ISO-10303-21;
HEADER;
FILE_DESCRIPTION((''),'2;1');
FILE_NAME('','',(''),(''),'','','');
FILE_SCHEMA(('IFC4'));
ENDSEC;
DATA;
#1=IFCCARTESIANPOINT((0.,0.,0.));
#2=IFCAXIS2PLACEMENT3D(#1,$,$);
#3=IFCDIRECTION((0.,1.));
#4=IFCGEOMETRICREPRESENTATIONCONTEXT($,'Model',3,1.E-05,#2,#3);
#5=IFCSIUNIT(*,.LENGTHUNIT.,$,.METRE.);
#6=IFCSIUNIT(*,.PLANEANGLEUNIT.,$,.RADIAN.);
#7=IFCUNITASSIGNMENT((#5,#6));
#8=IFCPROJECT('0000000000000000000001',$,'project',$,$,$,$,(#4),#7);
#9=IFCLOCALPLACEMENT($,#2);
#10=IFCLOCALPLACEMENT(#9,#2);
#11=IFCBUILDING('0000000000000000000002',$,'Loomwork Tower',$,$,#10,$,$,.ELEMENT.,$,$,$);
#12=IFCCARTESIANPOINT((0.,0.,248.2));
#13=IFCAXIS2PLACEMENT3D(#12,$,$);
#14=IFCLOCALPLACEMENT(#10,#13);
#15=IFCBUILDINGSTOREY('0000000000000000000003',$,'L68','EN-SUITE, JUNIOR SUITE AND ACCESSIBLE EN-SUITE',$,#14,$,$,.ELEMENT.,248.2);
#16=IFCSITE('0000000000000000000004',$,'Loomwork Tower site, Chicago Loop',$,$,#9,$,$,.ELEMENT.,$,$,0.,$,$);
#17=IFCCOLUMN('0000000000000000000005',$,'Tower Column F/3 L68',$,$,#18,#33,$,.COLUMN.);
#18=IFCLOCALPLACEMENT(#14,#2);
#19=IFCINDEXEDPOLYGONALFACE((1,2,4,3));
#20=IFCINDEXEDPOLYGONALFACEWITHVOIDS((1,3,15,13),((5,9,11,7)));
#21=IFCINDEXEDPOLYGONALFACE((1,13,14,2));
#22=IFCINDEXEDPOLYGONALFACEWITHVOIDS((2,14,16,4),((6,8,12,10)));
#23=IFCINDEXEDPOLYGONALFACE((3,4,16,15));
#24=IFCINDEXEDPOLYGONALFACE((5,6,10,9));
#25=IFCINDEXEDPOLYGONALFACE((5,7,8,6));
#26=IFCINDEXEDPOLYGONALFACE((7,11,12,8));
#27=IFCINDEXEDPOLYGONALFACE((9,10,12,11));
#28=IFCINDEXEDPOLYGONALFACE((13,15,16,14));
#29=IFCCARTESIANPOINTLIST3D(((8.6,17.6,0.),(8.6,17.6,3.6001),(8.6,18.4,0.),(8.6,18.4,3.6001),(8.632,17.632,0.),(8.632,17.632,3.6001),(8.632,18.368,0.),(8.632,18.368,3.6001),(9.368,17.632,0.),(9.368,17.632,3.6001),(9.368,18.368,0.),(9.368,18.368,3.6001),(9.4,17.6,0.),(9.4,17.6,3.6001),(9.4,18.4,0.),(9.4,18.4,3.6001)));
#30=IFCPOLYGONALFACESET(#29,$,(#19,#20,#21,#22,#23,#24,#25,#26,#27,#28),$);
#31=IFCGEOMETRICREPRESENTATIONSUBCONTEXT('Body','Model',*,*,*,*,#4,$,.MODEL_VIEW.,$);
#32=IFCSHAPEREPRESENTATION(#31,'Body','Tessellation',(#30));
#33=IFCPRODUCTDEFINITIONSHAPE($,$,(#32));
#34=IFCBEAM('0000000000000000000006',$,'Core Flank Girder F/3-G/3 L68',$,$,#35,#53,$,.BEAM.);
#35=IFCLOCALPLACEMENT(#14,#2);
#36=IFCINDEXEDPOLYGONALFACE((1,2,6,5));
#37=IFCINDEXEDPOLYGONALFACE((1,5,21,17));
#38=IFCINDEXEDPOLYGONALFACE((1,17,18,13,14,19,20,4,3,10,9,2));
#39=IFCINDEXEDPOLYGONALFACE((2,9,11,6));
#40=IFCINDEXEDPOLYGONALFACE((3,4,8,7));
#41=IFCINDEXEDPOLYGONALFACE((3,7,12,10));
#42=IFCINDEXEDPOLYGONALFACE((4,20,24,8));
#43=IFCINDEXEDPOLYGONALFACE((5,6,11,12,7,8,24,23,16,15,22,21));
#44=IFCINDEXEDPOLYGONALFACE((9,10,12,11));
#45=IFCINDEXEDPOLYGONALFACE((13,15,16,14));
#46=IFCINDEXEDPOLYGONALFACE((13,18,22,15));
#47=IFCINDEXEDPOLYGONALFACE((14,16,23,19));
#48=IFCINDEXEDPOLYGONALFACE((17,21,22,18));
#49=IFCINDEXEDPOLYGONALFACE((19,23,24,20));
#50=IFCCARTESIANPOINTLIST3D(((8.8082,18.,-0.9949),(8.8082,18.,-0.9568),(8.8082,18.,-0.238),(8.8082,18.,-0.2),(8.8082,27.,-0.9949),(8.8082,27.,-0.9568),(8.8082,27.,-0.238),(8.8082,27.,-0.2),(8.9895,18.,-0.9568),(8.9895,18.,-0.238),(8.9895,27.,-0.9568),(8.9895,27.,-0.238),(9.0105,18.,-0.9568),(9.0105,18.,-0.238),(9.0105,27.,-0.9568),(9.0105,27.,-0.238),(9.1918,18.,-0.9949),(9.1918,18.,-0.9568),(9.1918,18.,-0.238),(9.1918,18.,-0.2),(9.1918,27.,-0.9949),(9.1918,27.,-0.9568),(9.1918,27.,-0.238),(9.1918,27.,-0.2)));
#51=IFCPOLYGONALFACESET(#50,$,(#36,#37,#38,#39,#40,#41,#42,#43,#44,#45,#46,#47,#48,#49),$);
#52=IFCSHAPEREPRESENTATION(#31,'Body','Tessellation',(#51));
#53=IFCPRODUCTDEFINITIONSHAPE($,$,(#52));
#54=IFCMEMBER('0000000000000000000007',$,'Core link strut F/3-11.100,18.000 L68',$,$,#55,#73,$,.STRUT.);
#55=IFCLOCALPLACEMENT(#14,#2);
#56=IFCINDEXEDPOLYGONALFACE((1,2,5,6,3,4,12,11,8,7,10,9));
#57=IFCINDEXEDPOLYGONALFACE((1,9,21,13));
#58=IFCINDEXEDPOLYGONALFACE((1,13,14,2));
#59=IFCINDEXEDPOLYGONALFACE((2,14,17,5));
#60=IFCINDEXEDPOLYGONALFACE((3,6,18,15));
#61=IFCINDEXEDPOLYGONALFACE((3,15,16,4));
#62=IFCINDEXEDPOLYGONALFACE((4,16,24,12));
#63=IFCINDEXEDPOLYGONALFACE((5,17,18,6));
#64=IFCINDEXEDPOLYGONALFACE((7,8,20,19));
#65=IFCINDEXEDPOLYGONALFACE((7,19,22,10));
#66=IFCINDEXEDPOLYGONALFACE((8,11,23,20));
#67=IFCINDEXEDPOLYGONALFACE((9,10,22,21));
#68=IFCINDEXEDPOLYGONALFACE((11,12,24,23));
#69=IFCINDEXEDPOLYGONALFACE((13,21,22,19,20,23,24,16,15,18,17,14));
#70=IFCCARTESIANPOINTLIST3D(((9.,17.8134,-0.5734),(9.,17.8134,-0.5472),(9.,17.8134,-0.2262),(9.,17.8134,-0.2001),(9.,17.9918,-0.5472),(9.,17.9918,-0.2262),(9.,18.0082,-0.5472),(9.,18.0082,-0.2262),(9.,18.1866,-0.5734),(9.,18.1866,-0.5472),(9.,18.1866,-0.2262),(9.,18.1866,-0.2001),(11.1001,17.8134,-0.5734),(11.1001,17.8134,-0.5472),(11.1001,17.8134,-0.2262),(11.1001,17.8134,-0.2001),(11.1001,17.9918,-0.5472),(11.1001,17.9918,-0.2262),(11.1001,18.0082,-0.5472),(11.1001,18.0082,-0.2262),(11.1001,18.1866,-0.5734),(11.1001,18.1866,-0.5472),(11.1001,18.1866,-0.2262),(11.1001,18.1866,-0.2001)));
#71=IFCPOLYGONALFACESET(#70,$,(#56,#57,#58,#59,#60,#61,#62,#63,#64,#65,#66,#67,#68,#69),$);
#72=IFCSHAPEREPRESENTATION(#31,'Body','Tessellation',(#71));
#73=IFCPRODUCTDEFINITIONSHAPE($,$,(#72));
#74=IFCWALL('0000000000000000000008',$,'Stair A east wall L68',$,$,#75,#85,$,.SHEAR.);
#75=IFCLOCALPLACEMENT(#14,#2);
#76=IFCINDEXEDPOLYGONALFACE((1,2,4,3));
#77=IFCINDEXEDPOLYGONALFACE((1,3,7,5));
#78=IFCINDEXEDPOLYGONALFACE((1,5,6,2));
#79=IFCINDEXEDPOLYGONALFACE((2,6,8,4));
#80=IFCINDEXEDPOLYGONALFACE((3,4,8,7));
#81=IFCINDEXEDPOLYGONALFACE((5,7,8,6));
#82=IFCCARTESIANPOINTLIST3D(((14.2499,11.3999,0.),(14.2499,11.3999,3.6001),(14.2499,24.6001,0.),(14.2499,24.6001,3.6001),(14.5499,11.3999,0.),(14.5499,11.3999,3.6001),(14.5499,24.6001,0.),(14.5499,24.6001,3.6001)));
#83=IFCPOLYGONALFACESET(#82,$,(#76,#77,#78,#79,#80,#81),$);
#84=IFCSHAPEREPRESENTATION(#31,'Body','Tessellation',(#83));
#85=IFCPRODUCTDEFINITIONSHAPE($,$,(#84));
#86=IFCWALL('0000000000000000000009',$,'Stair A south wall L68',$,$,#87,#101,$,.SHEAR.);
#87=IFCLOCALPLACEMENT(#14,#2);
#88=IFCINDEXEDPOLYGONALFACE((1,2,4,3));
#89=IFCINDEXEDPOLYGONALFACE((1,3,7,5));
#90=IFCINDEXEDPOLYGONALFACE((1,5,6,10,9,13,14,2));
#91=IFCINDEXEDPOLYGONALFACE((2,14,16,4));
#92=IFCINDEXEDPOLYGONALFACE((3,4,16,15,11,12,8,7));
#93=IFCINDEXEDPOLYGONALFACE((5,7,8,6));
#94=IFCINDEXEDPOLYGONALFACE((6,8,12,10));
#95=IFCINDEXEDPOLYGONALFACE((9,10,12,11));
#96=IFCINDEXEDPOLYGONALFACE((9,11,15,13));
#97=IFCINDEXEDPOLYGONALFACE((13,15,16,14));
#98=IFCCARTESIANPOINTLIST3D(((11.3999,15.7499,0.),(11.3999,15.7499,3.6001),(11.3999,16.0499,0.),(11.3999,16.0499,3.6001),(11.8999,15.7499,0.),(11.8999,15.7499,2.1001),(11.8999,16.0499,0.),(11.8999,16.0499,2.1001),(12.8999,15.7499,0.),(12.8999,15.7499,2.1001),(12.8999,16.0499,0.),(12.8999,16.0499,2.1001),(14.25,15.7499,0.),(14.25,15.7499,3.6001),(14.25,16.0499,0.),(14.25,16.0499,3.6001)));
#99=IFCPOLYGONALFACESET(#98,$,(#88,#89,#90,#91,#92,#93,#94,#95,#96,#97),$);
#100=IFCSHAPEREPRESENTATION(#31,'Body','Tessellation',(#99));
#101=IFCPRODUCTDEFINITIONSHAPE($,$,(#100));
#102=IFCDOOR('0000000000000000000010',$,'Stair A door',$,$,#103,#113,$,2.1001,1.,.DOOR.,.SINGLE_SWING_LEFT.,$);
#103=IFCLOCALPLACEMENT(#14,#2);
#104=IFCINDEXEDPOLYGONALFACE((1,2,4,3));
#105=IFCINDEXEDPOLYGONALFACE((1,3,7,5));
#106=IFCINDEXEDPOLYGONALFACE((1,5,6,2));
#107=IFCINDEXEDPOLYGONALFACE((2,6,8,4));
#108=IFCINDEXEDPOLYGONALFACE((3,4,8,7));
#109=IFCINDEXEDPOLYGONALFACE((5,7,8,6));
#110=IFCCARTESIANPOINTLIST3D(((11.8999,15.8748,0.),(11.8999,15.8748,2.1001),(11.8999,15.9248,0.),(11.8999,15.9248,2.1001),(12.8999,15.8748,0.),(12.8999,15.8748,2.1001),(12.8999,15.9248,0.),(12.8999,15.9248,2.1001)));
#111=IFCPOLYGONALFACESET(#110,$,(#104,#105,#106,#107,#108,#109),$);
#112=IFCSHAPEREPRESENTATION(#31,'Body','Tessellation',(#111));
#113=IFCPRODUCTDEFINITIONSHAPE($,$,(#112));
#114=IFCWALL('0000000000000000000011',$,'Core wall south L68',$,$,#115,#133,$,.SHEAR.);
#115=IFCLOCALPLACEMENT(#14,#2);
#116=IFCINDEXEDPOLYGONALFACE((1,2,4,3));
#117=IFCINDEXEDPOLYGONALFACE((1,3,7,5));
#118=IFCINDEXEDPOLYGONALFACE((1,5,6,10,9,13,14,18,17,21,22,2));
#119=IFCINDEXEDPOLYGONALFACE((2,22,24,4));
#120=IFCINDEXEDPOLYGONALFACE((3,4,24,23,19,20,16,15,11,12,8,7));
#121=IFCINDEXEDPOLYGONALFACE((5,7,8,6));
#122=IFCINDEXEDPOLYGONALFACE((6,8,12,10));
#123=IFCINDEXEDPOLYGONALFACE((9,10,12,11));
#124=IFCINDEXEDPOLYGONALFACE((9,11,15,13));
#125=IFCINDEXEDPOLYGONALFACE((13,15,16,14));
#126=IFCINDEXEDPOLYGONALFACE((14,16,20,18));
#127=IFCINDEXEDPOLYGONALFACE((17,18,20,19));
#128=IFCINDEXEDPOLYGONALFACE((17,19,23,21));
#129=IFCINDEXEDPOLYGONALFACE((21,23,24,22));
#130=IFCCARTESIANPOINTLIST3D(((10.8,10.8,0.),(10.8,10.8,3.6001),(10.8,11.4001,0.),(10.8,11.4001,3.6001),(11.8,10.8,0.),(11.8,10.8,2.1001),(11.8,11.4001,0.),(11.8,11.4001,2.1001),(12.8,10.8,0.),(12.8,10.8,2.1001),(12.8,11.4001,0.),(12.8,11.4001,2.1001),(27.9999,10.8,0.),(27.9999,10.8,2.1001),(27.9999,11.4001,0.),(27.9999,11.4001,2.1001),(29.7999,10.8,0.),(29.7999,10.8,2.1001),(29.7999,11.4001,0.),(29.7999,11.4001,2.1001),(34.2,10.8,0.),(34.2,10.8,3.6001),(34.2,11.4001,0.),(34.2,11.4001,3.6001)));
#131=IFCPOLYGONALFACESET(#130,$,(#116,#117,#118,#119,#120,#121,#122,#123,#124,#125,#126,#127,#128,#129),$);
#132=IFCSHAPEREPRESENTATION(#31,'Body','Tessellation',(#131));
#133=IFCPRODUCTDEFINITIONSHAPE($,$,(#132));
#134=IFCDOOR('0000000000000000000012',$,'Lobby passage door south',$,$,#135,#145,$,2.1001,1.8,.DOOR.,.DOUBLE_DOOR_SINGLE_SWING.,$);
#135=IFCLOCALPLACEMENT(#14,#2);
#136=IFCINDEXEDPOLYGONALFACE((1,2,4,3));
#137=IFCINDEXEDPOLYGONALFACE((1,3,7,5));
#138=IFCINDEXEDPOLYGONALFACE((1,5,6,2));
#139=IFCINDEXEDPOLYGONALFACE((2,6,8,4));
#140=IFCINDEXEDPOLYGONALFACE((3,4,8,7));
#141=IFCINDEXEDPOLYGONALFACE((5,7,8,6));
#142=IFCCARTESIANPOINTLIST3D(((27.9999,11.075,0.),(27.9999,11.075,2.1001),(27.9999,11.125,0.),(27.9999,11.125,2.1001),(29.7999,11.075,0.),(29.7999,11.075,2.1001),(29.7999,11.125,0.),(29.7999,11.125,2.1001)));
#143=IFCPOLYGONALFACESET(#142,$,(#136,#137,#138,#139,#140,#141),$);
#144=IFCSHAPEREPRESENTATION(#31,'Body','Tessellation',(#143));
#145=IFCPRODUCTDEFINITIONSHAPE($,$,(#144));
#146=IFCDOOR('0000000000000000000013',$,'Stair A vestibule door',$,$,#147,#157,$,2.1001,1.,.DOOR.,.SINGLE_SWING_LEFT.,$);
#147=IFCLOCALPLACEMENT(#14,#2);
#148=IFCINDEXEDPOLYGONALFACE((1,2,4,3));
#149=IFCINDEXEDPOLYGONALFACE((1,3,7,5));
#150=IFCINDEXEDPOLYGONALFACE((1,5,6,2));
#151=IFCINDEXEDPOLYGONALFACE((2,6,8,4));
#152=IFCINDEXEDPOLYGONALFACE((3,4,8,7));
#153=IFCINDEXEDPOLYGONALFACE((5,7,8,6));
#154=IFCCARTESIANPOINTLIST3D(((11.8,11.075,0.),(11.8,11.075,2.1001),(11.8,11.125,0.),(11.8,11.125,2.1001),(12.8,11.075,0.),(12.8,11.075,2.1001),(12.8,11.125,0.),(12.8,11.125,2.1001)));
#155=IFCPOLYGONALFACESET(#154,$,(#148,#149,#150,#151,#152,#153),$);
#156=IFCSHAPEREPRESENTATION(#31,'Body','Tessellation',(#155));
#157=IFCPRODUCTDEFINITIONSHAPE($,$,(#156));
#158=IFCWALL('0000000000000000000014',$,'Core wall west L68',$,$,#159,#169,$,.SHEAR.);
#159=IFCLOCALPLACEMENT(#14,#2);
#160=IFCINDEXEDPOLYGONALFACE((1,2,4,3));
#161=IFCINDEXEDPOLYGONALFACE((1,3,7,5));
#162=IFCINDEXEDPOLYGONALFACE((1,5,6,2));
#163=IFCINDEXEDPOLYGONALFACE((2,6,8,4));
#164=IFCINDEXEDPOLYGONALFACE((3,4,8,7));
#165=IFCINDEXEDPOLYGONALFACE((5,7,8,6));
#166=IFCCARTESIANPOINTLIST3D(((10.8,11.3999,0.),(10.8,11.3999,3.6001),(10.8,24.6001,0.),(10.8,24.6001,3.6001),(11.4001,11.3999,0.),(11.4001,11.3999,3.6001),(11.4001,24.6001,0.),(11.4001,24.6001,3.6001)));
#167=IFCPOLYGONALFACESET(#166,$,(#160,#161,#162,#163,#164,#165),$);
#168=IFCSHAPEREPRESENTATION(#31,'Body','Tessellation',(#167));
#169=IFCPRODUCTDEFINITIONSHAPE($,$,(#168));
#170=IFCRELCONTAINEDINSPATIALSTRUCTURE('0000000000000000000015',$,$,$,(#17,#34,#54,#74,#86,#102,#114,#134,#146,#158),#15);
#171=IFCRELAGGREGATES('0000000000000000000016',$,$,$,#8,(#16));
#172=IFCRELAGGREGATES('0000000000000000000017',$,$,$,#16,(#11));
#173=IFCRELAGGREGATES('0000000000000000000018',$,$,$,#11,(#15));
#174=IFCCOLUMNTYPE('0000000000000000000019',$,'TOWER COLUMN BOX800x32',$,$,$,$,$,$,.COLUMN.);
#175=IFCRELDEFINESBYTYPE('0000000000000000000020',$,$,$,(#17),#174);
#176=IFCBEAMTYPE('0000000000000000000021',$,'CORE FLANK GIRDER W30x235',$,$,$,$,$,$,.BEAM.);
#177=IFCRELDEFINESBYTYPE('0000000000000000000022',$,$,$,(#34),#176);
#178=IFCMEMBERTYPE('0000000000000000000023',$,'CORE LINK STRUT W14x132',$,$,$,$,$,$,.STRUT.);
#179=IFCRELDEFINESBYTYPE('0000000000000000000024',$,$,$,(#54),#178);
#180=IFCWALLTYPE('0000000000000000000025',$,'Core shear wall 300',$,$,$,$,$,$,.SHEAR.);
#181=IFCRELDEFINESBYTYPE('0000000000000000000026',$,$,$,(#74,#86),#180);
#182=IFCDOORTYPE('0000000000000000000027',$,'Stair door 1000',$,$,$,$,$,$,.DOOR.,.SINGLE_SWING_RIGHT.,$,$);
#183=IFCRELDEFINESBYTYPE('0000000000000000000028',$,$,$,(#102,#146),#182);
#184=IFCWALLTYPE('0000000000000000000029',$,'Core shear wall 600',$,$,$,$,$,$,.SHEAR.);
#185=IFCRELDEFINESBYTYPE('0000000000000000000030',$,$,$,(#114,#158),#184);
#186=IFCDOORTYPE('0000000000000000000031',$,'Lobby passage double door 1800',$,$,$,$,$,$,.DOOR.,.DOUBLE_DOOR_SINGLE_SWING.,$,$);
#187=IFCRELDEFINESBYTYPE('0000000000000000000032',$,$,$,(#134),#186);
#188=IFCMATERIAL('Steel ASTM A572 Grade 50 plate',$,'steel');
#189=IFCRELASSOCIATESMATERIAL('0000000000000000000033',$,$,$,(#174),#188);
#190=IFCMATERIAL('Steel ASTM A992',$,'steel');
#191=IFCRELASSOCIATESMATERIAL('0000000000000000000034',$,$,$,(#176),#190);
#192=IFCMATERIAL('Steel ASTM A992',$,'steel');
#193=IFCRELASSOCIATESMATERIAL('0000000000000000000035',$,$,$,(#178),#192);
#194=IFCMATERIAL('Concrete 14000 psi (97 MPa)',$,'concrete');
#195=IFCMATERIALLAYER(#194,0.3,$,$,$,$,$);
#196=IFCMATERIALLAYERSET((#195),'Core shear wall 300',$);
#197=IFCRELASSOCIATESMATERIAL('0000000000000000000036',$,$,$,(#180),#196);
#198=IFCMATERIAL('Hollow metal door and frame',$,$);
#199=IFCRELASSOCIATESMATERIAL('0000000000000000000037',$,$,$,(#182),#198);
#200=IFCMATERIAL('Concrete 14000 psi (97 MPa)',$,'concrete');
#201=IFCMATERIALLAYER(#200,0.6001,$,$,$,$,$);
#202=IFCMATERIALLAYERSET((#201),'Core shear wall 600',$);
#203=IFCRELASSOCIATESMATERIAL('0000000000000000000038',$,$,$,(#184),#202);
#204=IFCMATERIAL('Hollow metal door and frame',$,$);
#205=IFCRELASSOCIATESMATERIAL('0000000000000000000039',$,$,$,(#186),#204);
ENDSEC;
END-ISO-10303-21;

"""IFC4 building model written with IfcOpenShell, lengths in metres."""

from ifc_helpers import new_model, si_unit, direction, frame, frame_2d, origin, origin_2d, place, context, subcontext, project, spatial, rectangle, hollow_rectangle, i_section, extrude, material, layer, layer_set, material_profile, profile_set, type_object, element, fill, save


model = new_model("IFC4")

# Units and contexts
model_context = context("Model", 3, precision=1e-05, world=origin(), true_north=direction((0.0, 1.0)))
body_context = subcontext(model_context, "Body", "Model", "MODEL_VIEW")
ifc_project = project(units=[si_unit("LENGTHUNIT", "METRE"), si_unit("PLANEANGLEUNIT", "RADIAN")], contexts=[model_context])

# Site, building, storey
site_placement = place(None, origin())
site = spatial("IfcSite", under=ifc_project, at=site_placement, Name="Loomwork Tower site, Chicago Loop", CompositionType="ELEMENT", RefElevation=0.0)
building_placement = place(site_placement, origin())
building = spatial("IfcBuilding", under=site, at=building_placement, Name="Loomwork Tower", CompositionType="ELEMENT")
storey_placement = place(building_placement, frame((0.0, 0.0, 248.2)))
storey = spatial("IfcBuildingStorey", under=building, at=storey_placement, Name="L68", Description="EN-SUITE, JUNIOR SUITE AND ACCESSIBLE EN-SUITE", CompositionType="ELEMENT", Elevation=248.2)

# Column
ifc_material_1 = material(Name="Steel ASTM A572 Grade 50 plate", Category="steel")
ifc_material_profile_1 = material_profile(ifc_material_1, hollow_rectangle(XDim=0.8, YDim=0.8, WallThickness=0.032, at=origin_2d()), Name="BOX800x32")
ifc_profile_set_1 = profile_set([ifc_material_profile_1], Name="Steel ASTM A572 Grade 50 plate")
column_type = type_object("IfcColumnType", Name="TOWER COLUMN BOX800x32", PredefinedType="COLUMN", material=ifc_profile_set_1)
column_placement = place(storey_placement, frame((9.0, 18.0, 0.0), z_axis=(0.0, 0.0, 1.0), x_axis=(1.0, 0.0, 0.0)))
element("IfcColumn", 1, at=column_placement, inside=storey, type_object=column_type, Name="Tower Column F/3 L68", PredefinedType="COLUMN", context=body_context, shape_type="SweptSolid", body=[
    extrude(hollow_rectangle(XDim=0.8, YDim=0.8, WallThickness=0.032, at=origin_2d()), origin(), (0.0, 0.0, 1.0), 3.6001),
])

# Beam
ifc_material_2 = material(Name="Steel ASTM A992", Category="steel")
ifc_material_profile_2 = material_profile(ifc_material_2, i_section(OverallWidth=0.3835, OverallDepth=0.7949, WebThickness=0.021, FlangeThickness=0.0381, at=origin_2d()), Name="W30x235")
ifc_profile_set_2 = profile_set([ifc_material_profile_2], Name="Steel ASTM A992")
beam_type = type_object("IfcBeamType", Name="CORE FLANK GIRDER W30x235", PredefinedType="BEAM", material=ifc_profile_set_2)
beam_placement = place(storey_placement, frame((9.0, 18.0, -0.5974), z_axis=(0.0, 1.0, 0.0), x_axis=(-1.0, 0.0, 0.0)))
element("IfcBeam", 2, at=beam_placement, inside=storey, type_object=beam_type, Name="Core Flank Girder F/3-G/3 L68", PredefinedType="BEAM", context=body_context, shape_type="SweptSolid", body=[
    extrude(i_section(OverallWidth=0.3835, OverallDepth=0.7949, WebThickness=0.021, FlangeThickness=0.0381, at=origin_2d()), origin(), (0.0, 0.0, 1.0), 9.0),
])

# Member
ifc_material_3 = material(Name="Steel ASTM A992", Category="steel")
ifc_material_profile_3 = material_profile(ifc_material_3, i_section(OverallWidth=0.3733, OverallDepth=0.3733, WebThickness=0.0164, FlangeThickness=0.0261, at=origin_2d()), Name="W14x132")
ifc_profile_set_3 = profile_set([ifc_material_profile_3], Name="Steel ASTM A992")
member_type = type_object("IfcMemberType", Name="CORE LINK STRUT W14x132", PredefinedType="STRUT", material=ifc_profile_set_3)
member_placement = place(storey_placement, frame((9.0, 18.0, -0.3867), z_axis=(1.0, 0.0, 0.0), x_axis=(0.0, 1.0, 0.0)))
element("IfcMember", 3, at=member_placement, inside=storey, type_object=member_type, Name="Core link strut F/3-11.100,18.000 L68", PredefinedType="STRUT", context=body_context, shape_type="SweptSolid", body=[
    extrude(i_section(OverallWidth=0.3733, OverallDepth=0.3733, WebThickness=0.0164, FlangeThickness=0.0261, at=origin_2d()), origin(), (0.0, 0.0, 1.0), 2.1001),
])

# Wall
ifc_material_4 = material(Name="Concrete 14000 psi (97 MPa)", Category="concrete")
ifc_layer_1 = layer(ifc_material_4, 0.3)
ifc_layer_set_1 = layer_set([ifc_layer_1], Name="Core shear wall 300")
wall_type_1 = type_object("IfcWallType", Name="Core shear wall 300", PredefinedType="SHEAR", material=ifc_layer_set_1)
wall_1_placement = place(storey_placement, frame((14.3999, 11.3999, 0.0), z_axis=(0.0, 0.0, 1.0), x_axis=(0.0, 1.0, 0.0)))
element("IfcWall", 4, at=wall_1_placement, inside=storey, type_object=wall_type_1, Name="Stair A east wall L68", PredefinedType="SHEAR", context=body_context, shape_type="SweptSolid", body=[
    extrude(rectangle(XDim=13.2002, YDim=0.3, at=frame_2d((6.6001, 0.0))), origin(), (0.0, 0.0, 1.0), 3.6001),
])

# Wall, opening, door
wall_2_placement = place(storey_placement, frame((11.3999, 15.8999, 0.0), z_axis=(0.0, 0.0, 1.0), x_axis=(1.0, 0.0, 0.0)))
wall_2 = element("IfcWall", 5, at=wall_2_placement, inside=storey, type_object=wall_type_1, Name="Stair A south wall L68", PredefinedType="SHEAR", context=body_context, shape_type="SweptSolid", body=[
    extrude(rectangle(XDim=2.8501, YDim=0.3, at=frame_2d((1.425, 0.0))), origin(), (0.0, 0.0, 1.0), 3.6001),
])
opening_1_placement = place(wall_2_placement, frame((0.5, 0.0, 0.0)))
opening_1 = element("IfcOpeningElement", 6, at=opening_1_placement, cuts=wall_2, PredefinedType="OPENING", context=body_context, shape_type="SweptSolid", body=[
    extrude(rectangle(XDim=1.0, YDim=2.1001, at=frame_2d((0.5, 1.05))), frame((0.0, 0.1599, 0.0), z_axis=(0.0, -1.0, 0.0), x_axis=(1.0, 0.0, 0.0)), (0.0, 0.0, 1.0), 0.3201),
])
ifc_material_5 = material(Name="Hollow metal door and frame")
door_type_1 = type_object("IfcDoorType", Name="Stair door 1000", OperationType="SINGLE_SWING_RIGHT", PredefinedType="DOOR", material=ifc_material_5)
door_1_placement = place(opening_1_placement, origin())
door_1 = element("IfcDoor", 7, at=door_1_placement, inside=storey, type_object=door_type_1, Name="Stair A door", OperationType="SINGLE_SWING_LEFT", OverallHeight=2.1001, OverallWidth=1.0, PredefinedType="DOOR", context=body_context, shape_type="SweptSolid", body=[
    extrude(rectangle(XDim=1.0, YDim=2.1001, at=frame_2d((0.5, 1.05))), frame((0.0, 0.0249, 0.0), z_axis=(0.0, -1.0, 0.0), x_axis=(1.0, 0.0, 0.0)), (0.0, 0.0, 1.0), 0.05),
])
fill(opening_1, door_1)

# Wall, openings, doors
ifc_material_6 = material(Name="Concrete 14000 psi (97 MPa)", Category="concrete")
ifc_layer_2 = layer(ifc_material_6, 0.6001)
ifc_layer_set_2 = layer_set([ifc_layer_2], Name="Core shear wall 600")
wall_type_2 = type_object("IfcWallType", Name="Core shear wall 600", PredefinedType="SHEAR", material=ifc_layer_set_2)
wall_3_placement = place(storey_placement, frame((10.8, 11.1001, 0.0), z_axis=(0.0, 0.0, 1.0), x_axis=(1.0, 0.0, 0.0)))
wall_3 = element("IfcWall", 8, at=wall_3_placement, inside=storey, type_object=wall_type_2, Name="Core wall south L68", PredefinedType="SHEAR", context=body_context, shape_type="SweptSolid", body=[
    extrude(rectangle(XDim=23.3999, YDim=0.6001, at=frame_2d((11.7, 0.0))), origin(), (0.0, 0.0, 1.0), 3.6001),
])
opening_2_placement = place(wall_3_placement, frame((1.0, 0.0, 0.0)))
opening_2 = element("IfcOpeningElement", 9, at=opening_2_placement, cuts=wall_3, PredefinedType="OPENING", context=body_context, shape_type="SweptSolid", body=[
    extrude(rectangle(XDim=1.0, YDim=2.1001, at=frame_2d((0.5, 1.05))), frame((0.0, 0.3101, 0.0), z_axis=(0.0, -1.0, 0.0), x_axis=(1.0, 0.0, 0.0)), (0.0, 0.0, 1.0), 0.6201),
])
opening_3_placement = place(wall_3_placement, frame((17.2, 0.0, 0.0)))
opening_3 = element("IfcOpeningElement", 10, at=opening_3_placement, cuts=wall_3, PredefinedType="OPENING", context=body_context, shape_type="SweptSolid", body=[
    extrude(rectangle(XDim=1.8, YDim=2.1001, at=frame_2d((0.8999, 1.05))), frame((0.0, 0.3101, 0.0), z_axis=(0.0, -1.0, 0.0), x_axis=(1.0, 0.0, 0.0)), (0.0, 0.0, 1.0), 0.6201),
])
ifc_material_7 = material(Name="Hollow metal door and frame")
door_type_2 = type_object("IfcDoorType", Name="Lobby passage double door 1800", OperationType="DOUBLE_DOOR_SINGLE_SWING", PredefinedType="DOOR", material=ifc_material_7)
door_2_placement = place(opening_3_placement, origin())
door_2 = element("IfcDoor", 11, at=door_2_placement, inside=storey, type_object=door_type_2, Name="Lobby passage door south", OperationType="DOUBLE_DOOR_SINGLE_SWING", OverallHeight=2.1001, OverallWidth=1.8, PredefinedType="DOOR", context=body_context, shape_type="SweptSolid", body=[
    extrude(rectangle(XDim=1.8, YDim=2.1001, at=frame_2d((0.8999, 1.05))), frame((0.0, 0.0249, 0.0), z_axis=(0.0, -1.0, 0.0), x_axis=(1.0, 0.0, 0.0)), (0.0, 0.0, 1.0), 0.05),
])
fill(opening_3, door_2)
door_3_placement = place(opening_2_placement, origin())
door_3 = element("IfcDoor", 12, at=door_3_placement, inside=storey, type_object=door_type_1, Name="Stair A vestibule door", OperationType="SINGLE_SWING_LEFT", OverallHeight=2.1001, OverallWidth=1.0, PredefinedType="DOOR", context=body_context, shape_type="SweptSolid", body=[
    extrude(rectangle(XDim=1.0, YDim=2.1001, at=frame_2d((0.5, 1.05))), frame((0.0, 0.0249, 0.0), z_axis=(0.0, -1.0, 0.0), x_axis=(1.0, 0.0, 0.0)), (0.0, 0.0, 1.0), 0.05),
])
fill(opening_2, door_3)

# Wall
wall_4_placement = place(storey_placement, frame((11.1001, 11.3999, 0.0), z_axis=(0.0, 0.0, 1.0), x_axis=(0.0, 1.0, 0.0)))
element("IfcWall", 13, at=wall_4_placement, inside=storey, type_object=wall_type_2, Name="Core wall west L68", PredefinedType="SHEAR", context=body_context, shape_type="SweptSolid", body=[
    extrude(rectangle(XDim=13.2002, YDim=0.6001, at=frame_2d((6.6001, 0.0))), origin(), (0.0, 0.0, 1.0), 3.6001),
])

save(model, "model.ifc")
